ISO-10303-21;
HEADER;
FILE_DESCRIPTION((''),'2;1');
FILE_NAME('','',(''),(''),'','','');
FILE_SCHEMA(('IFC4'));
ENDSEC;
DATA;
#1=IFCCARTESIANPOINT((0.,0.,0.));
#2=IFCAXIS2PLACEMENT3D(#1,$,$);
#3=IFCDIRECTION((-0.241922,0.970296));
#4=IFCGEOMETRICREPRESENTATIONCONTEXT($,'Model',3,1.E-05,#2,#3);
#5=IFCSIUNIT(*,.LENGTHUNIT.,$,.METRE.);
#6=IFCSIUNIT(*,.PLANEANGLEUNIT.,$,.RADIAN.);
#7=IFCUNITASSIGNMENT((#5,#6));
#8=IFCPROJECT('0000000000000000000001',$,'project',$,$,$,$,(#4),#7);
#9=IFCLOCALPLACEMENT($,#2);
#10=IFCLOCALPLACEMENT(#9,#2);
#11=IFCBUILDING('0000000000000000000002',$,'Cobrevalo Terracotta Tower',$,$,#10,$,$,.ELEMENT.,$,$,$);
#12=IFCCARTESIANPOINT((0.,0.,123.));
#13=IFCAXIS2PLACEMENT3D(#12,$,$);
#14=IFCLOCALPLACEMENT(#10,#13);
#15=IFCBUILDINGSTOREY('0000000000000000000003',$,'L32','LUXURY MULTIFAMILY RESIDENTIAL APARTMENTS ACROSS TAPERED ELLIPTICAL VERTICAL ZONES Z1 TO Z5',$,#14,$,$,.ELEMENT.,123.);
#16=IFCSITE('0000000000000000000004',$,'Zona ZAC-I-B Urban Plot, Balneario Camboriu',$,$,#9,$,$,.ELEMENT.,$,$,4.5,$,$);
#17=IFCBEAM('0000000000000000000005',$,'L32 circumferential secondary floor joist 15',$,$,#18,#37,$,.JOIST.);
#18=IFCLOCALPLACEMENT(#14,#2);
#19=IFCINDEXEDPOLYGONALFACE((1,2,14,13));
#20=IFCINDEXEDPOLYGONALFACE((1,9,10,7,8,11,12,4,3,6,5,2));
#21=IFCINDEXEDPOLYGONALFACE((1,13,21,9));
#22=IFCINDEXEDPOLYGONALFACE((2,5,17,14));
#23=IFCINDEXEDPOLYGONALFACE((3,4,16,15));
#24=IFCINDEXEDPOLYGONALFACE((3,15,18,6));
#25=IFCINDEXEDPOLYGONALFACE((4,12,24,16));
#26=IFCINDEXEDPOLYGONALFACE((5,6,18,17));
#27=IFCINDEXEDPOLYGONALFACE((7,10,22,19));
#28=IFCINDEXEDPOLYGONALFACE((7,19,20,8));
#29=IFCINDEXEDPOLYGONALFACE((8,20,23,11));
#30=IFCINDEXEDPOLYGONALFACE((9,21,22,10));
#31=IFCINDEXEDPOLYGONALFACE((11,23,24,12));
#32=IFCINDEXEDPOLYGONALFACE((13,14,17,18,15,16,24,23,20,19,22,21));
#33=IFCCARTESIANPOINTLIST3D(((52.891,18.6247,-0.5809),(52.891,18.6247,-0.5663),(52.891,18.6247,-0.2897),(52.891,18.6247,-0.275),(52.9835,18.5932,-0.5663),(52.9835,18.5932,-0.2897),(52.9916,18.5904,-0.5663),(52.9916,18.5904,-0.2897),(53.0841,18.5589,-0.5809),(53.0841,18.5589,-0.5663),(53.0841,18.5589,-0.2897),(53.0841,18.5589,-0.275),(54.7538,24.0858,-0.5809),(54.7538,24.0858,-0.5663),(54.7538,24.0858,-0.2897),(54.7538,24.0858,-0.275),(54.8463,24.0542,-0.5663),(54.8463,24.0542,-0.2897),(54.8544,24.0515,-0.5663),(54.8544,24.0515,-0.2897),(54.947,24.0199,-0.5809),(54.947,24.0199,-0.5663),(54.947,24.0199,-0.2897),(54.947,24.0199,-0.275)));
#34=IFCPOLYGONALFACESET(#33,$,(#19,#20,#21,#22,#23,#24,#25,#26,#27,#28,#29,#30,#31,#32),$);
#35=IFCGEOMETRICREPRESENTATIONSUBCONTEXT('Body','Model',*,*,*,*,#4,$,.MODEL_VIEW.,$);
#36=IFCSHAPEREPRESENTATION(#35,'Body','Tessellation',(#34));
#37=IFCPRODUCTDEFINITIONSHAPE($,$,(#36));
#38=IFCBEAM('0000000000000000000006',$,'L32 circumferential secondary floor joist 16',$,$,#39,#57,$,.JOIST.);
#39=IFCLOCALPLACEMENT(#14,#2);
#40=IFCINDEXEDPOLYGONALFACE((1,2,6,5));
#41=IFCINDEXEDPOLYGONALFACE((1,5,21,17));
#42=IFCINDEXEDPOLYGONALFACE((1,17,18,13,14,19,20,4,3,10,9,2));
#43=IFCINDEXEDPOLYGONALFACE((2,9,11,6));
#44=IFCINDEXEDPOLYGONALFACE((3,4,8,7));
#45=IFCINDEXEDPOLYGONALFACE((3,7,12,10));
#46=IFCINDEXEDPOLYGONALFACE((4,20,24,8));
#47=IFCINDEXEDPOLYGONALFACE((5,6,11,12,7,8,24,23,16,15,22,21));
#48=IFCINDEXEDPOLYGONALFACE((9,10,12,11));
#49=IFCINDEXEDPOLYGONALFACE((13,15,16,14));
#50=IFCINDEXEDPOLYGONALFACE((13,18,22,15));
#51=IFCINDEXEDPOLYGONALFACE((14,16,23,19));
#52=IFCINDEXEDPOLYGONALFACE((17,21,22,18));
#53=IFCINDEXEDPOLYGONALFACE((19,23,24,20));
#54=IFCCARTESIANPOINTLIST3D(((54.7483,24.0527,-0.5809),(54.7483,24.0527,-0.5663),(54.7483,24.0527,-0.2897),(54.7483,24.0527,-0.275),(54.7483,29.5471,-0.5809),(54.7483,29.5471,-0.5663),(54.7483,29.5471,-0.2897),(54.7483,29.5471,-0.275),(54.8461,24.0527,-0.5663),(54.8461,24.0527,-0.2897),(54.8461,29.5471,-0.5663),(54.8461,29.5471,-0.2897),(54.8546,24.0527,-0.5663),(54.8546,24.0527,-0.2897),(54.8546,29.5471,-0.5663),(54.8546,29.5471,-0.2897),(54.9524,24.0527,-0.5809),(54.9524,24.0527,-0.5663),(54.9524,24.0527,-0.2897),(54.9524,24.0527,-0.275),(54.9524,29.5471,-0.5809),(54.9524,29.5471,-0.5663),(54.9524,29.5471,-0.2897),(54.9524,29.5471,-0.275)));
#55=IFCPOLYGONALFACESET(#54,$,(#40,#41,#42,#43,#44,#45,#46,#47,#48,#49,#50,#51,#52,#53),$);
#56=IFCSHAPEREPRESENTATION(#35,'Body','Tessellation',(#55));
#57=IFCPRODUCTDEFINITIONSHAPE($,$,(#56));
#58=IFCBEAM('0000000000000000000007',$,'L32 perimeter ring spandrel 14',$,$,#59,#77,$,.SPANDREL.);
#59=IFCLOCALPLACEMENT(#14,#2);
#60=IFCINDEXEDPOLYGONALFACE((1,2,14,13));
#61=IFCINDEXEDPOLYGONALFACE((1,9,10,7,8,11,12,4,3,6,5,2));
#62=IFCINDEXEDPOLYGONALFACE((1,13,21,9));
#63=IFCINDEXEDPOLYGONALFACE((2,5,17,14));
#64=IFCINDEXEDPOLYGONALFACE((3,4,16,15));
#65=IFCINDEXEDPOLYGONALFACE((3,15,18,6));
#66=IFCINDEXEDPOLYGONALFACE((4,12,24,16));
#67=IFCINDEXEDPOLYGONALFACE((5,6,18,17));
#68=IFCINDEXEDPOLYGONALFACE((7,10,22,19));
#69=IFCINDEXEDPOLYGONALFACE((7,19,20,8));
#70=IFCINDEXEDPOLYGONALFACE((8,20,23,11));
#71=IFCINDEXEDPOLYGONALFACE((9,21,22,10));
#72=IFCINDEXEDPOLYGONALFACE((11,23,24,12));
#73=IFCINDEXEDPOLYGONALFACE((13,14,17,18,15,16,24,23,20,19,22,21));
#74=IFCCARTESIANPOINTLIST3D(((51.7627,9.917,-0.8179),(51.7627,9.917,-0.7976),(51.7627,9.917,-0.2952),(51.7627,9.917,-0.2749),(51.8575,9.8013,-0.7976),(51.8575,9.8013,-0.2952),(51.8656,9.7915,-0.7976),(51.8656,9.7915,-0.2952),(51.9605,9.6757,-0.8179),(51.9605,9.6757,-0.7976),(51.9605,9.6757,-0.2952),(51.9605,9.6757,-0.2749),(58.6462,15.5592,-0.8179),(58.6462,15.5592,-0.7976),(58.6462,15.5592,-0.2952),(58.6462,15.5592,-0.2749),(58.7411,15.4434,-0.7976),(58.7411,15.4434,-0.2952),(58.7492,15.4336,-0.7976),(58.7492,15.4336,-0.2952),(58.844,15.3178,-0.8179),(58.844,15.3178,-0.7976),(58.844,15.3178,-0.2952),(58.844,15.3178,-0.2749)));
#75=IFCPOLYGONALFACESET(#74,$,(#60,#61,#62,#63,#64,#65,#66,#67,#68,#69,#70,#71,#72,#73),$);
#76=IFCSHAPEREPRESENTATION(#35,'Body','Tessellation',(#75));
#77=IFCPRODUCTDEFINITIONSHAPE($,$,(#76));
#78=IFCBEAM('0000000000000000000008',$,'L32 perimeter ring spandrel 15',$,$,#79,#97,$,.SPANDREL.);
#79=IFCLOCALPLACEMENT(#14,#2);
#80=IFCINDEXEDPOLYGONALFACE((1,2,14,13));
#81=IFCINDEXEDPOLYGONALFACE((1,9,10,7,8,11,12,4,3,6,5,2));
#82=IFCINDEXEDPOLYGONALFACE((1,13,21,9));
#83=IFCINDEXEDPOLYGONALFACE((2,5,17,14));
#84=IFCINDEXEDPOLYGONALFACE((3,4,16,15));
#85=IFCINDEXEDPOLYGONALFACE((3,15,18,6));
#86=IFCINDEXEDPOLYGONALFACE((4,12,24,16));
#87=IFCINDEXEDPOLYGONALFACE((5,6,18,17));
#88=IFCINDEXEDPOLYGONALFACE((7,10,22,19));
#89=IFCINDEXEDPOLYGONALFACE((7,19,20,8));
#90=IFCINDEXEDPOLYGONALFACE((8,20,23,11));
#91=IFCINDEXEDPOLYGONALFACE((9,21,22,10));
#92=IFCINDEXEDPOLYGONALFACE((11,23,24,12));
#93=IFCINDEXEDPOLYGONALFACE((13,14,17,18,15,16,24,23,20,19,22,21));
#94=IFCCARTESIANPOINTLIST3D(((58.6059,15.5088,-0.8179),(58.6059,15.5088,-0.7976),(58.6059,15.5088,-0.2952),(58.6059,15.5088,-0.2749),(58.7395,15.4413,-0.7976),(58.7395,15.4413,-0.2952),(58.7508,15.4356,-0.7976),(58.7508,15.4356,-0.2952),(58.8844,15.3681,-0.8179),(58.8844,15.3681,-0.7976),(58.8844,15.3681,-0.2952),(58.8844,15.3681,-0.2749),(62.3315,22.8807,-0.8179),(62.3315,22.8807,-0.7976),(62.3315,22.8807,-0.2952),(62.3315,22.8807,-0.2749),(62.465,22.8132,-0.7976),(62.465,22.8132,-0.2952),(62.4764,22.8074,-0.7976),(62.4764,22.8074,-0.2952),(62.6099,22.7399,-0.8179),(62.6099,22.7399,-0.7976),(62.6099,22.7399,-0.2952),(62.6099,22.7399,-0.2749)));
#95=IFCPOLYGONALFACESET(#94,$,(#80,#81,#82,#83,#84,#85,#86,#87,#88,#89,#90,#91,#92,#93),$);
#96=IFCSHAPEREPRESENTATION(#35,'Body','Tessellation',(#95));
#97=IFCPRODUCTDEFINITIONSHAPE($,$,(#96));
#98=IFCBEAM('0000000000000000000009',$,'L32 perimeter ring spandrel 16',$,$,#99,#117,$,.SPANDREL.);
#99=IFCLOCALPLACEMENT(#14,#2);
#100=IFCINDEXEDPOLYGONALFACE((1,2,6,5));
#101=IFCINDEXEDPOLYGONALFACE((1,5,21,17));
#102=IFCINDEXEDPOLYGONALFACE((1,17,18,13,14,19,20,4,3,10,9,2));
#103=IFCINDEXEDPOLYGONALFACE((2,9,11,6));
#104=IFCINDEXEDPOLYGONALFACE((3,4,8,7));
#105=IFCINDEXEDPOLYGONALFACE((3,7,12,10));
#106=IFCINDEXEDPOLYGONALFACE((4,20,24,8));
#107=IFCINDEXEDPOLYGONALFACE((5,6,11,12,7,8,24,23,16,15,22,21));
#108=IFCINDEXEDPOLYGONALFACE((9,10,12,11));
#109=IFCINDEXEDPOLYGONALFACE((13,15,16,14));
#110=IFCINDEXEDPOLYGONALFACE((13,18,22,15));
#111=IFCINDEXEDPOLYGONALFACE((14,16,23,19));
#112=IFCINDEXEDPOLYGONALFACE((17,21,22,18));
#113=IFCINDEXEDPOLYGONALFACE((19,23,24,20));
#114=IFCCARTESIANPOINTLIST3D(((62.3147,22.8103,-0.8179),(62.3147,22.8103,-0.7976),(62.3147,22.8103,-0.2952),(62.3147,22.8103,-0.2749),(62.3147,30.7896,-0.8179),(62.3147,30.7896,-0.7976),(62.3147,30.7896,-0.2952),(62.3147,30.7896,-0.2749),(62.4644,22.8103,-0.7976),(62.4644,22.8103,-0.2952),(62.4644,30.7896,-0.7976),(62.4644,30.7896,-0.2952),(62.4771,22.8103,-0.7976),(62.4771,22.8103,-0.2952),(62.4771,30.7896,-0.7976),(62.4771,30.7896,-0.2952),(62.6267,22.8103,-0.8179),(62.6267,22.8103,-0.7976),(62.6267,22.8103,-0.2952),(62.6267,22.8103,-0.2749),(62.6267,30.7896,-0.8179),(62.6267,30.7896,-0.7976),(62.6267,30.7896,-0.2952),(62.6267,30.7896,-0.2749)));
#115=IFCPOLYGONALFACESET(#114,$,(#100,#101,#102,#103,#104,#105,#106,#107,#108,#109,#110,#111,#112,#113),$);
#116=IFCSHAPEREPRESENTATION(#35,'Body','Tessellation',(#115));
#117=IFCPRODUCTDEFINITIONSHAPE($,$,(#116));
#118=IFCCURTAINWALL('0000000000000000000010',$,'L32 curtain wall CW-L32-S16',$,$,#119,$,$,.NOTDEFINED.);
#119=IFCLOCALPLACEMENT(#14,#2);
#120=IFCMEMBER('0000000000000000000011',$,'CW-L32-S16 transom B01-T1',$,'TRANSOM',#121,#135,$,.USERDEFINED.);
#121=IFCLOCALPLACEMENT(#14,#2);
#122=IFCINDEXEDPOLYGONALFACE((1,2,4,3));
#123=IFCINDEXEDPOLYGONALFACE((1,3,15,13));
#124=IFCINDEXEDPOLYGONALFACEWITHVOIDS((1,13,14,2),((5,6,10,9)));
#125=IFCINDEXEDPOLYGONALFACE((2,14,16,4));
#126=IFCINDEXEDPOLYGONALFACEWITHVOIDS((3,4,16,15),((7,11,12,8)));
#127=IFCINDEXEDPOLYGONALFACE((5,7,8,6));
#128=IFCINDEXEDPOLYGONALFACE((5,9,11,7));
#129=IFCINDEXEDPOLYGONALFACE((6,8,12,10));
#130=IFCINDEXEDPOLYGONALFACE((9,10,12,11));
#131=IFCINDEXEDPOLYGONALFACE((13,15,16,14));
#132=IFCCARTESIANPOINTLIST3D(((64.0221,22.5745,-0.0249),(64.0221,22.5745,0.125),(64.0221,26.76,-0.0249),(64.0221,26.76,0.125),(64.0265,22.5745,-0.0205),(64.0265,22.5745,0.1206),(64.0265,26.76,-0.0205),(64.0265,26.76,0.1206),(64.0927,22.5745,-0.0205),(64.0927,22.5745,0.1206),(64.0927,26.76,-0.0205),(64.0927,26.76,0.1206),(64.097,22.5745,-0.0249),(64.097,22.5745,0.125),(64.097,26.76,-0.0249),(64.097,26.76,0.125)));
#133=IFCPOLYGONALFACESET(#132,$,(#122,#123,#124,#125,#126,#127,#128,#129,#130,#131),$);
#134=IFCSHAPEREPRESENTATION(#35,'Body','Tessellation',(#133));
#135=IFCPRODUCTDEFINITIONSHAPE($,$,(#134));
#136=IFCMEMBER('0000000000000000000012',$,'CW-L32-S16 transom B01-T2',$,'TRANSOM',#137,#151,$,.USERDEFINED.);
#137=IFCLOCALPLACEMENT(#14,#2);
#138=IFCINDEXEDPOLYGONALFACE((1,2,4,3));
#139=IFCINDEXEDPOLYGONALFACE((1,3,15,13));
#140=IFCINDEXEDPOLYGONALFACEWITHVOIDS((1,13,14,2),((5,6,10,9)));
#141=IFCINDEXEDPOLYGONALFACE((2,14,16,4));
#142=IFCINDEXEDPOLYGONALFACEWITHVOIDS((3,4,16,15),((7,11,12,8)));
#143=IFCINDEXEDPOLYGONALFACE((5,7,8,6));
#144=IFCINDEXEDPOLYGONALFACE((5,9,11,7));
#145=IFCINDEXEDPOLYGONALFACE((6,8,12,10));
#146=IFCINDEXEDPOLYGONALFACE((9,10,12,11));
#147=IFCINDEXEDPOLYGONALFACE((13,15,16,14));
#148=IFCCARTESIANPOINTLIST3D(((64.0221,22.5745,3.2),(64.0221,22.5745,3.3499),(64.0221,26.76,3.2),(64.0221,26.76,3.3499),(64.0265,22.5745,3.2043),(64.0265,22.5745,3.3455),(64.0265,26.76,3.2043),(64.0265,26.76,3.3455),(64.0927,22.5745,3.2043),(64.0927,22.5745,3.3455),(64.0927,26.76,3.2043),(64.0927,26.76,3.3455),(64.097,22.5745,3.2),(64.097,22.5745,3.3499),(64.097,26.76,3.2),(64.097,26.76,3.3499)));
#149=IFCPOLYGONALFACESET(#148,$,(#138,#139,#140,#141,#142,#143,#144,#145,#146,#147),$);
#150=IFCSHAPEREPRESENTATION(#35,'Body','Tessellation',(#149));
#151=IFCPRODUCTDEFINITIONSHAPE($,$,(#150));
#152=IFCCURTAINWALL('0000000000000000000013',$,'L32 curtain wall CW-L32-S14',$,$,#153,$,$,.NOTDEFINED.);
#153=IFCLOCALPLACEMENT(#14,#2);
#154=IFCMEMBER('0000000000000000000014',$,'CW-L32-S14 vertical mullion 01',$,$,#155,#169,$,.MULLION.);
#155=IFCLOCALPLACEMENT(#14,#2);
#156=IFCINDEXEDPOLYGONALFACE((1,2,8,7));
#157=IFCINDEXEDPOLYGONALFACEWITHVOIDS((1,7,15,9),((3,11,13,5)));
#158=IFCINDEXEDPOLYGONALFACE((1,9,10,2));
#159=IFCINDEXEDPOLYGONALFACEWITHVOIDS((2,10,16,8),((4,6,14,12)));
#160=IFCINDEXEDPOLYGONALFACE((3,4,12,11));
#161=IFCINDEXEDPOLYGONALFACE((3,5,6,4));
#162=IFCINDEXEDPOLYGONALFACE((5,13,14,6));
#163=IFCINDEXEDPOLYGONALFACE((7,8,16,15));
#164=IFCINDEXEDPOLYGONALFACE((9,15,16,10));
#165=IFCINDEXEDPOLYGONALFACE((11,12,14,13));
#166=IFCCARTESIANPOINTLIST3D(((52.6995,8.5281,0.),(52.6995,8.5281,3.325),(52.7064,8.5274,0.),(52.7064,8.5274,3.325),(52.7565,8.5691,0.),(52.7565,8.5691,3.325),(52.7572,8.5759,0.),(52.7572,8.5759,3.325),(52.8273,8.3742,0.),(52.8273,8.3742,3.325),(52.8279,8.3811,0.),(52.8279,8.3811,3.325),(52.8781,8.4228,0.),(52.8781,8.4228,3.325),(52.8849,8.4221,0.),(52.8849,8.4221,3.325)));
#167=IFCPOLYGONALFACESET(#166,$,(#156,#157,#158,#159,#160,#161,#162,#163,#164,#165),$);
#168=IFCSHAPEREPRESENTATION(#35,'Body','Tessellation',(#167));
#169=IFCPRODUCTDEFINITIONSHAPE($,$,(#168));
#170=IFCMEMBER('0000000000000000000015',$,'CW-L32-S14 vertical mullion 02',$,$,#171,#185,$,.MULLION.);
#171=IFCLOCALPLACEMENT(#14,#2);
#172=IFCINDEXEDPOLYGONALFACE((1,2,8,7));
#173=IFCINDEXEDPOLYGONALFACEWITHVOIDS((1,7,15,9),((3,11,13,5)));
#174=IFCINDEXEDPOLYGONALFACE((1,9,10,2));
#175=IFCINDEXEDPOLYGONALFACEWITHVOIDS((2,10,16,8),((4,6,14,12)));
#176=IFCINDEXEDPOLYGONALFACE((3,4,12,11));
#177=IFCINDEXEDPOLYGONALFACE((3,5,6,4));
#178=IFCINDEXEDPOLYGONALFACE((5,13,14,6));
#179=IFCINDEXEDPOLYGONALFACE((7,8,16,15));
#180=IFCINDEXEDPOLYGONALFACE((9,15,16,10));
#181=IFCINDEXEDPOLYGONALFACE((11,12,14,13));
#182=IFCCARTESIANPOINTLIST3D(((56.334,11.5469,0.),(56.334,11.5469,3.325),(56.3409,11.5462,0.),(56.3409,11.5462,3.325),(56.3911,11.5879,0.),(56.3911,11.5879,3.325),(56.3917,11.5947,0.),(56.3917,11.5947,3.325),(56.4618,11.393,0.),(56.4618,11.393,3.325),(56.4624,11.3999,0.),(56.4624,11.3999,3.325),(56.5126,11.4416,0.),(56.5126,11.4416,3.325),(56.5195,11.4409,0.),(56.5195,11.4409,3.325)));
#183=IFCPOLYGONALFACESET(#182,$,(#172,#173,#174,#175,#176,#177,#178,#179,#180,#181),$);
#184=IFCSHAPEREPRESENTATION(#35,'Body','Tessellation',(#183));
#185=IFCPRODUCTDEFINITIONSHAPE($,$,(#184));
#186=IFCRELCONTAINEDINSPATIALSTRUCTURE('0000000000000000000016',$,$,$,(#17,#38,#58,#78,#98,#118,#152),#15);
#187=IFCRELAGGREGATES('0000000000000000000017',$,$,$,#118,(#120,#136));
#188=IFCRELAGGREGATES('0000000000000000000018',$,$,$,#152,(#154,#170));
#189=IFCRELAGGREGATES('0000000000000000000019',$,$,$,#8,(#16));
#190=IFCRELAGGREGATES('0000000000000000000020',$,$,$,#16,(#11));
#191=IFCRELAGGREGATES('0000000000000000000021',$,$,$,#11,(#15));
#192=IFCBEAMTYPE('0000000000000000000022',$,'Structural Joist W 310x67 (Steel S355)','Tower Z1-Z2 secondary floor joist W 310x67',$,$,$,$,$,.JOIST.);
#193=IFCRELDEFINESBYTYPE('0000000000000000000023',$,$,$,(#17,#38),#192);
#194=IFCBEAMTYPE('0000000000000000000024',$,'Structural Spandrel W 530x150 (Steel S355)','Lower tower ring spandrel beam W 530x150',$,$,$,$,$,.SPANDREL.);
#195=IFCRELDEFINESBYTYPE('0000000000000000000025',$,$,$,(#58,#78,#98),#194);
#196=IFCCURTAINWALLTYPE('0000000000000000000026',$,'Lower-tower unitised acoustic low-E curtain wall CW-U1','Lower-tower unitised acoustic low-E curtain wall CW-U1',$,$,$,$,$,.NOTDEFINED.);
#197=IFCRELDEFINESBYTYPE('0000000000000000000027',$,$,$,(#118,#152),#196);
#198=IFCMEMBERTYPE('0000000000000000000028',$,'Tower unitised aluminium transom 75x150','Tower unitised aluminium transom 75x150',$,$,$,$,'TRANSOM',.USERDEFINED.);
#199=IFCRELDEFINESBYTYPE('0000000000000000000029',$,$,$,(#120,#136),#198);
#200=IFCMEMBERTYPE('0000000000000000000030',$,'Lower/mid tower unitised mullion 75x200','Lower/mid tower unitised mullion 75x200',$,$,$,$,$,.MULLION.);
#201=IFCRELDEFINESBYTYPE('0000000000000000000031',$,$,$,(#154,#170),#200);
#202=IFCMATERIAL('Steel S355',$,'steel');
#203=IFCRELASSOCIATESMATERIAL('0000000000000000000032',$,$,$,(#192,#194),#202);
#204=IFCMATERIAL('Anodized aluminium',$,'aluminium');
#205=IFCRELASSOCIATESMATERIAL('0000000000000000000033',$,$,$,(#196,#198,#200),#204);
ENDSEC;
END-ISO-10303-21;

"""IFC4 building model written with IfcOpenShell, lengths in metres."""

from ifc_helpers import new_model, si_unit, direction, frame, origin, origin_2d, place, context, subcontext, project, spatial, hollow_rectangle, i_section, extrude, source, transform, mapped, material, material_profile, profile_set, type_object, element, aggregate, save


model = new_model("IFC4")

# Units and contexts
model_context = context("Model", 3, precision=1e-05, world=origin(), true_north=direction((-0.241922, 0.970296)))
body_context = subcontext(model_context, "Body", "Model", "MODEL_VIEW")
ifc_project = project(units=[si_unit("LENGTHUNIT", "METRE"), si_unit("PLANEANGLEUNIT", "RADIAN")], contexts=[model_context])

# Site, building, storey
site_placement = place(None, origin())
site = spatial("IfcSite", under=ifc_project, at=site_placement, Name="Zona ZAC-I-B Urban Plot, Balneario Camboriu", CompositionType="ELEMENT", RefElevation=4.5)
building_placement = place(site_placement, origin())
building = spatial("IfcBuilding", under=site, at=building_placement, Name="Cobrevalo Terracotta Tower", CompositionType="ELEMENT")
storey_placement = place(building_placement, frame((0.0, 0.0, 123.0)))
storey = spatial("IfcBuildingStorey", under=building, at=storey_placement, Name="L32", Description="LUXURY MULTIFAMILY RESIDENTIAL APARTMENTS ACROSS TAPERED ELLIPTICAL VERTICAL ZONES Z1 TO Z5", CompositionType="ELEMENT", Elevation=123.0)

# Shared definitions
ifc_material_1 = material(Name="Steel S355", Category="steel")

# Beams
ifc_material_profile_1 = material_profile(ifc_material_1, i_section(OverallWidth=0.2041, OverallDepth=0.3059, WebThickness=0.0085, FlangeThickness=0.0146, at=origin_2d()), Name="W 310x67")
ifc_profile_set_1 = profile_set([ifc_material_profile_1], Name="Steel S355")
beam_type_1 = type_object("IfcBeamType", Name="Structural Joist W 310x67 (Steel S355)", Description="Tower Z1-Z2 secondary floor joist W 310x67", PredefinedType="JOIST", material=ifc_profile_set_1)
beam_1_placement = place(storey_placement, frame((52.9875, 18.5918, -0.428), z_axis=(0.322846, 0.946451, 0.0), x_axis=(-0.946451, 0.322846, 0.0)))
element("IfcBeam", 1, at=beam_1_placement, inside=storey, type_object=beam_type_1, Name="L32 circumferential secondary floor joist 15", PredefinedType="JOIST", context=body_context, shape_type="SweptSolid", body=[
    extrude(i_section(OverallWidth=0.2041, OverallDepth=0.3059, WebThickness=0.0085, FlangeThickness=0.0146, at=origin_2d()), origin(), (0.0, 0.0, 1.0), 5.77),
])
beam_2_placement = place(storey_placement, frame((54.8503, 24.0527, -0.428), z_axis=(0.0, 1.0, 0.0), x_axis=(-1.0, 0.0, 0.0)))
element("IfcBeam", 2, at=beam_2_placement, inside=storey, type_object=beam_type_1, Name="L32 circumferential secondary floor joist 16", PredefinedType="JOIST", context=body_context, shape_type="SweptSolid", body=[
    extrude(i_section(OverallWidth=0.2041, OverallDepth=0.3059, WebThickness=0.0085, FlangeThickness=0.0146, at=origin_2d()), origin(), (0.0, 0.0, 1.0), 5.4944),
])
ifc_material_profile_2 = material_profile(ifc_material_1, i_section(OverallWidth=0.312, OverallDepth=0.543, WebThickness=0.0127, FlangeThickness=0.0203, at=origin_2d()), Name="W 530x150")
ifc_profile_set_2 = profile_set([ifc_material_profile_2], Name="Steel S355")
beam_type_2 = type_object("IfcBeamType", Name="Structural Spandrel W 530x150 (Steel S355)", Description="Lower tower ring spandrel beam W 530x150", PredefinedType="SPANDREL", material=ifc_profile_set_2)
beam_3_placement = place(storey_placement, frame((51.8616, 9.7964, -0.5464), z_axis=(0.773401, 0.633917, 0.0), x_axis=(-0.633917, 0.773401, 0.0)))
element("IfcBeam", 3, at=beam_3_placement, inside=storey, type_object=beam_type_2, Name="L32 perimeter ring spandrel 14", PredefinedType="SPANDREL", context=body_context, shape_type="SweptSolid", body=[
    extrude(i_section(OverallWidth=0.312, OverallDepth=0.543, WebThickness=0.0127, FlangeThickness=0.0203, at=origin_2d()), origin(), (0.0, 0.0, 1.0), 8.9004),
])
beam_4_placement = place(storey_placement, frame((58.7451, 15.4385, -0.5464), z_axis=(0.451052, 0.892498, 0.0), x_axis=(-0.892498, 0.451052, 0.0)))
element("IfcBeam", 4, at=beam_4_placement, inside=storey, type_object=beam_type_2, Name="L32 perimeter ring spandrel 15", PredefinedType="SPANDREL", context=body_context, shape_type="SweptSolid", body=[
    extrude(i_section(OverallWidth=0.312, OverallDepth=0.543, WebThickness=0.0127, FlangeThickness=0.0203, at=origin_2d()), origin(), (0.0, 0.0, 1.0), 8.2598),
])
beam_5_placement = place(storey_placement, frame((62.4707, 22.8103, -0.5464), z_axis=(0.0, 1.0, 0.0), x_axis=(-1.0, 0.0, 0.0)))
element("IfcBeam", 5, at=beam_5_placement, inside=storey, type_object=beam_type_2, Name="L32 perimeter ring spandrel 16", PredefinedType="SPANDREL", context=body_context, shape_type="SweptSolid", body=[
    extrude(i_section(OverallWidth=0.312, OverallDepth=0.543, WebThickness=0.0127, FlangeThickness=0.0203, at=origin_2d()), origin(), (0.0, 0.0, 1.0), 7.9792),
])

# Curtain walls, members
ifc_material_2 = material(Name="Anodized aluminium", Category="aluminium")
curtain_wall_type = type_object("IfcCurtainWallType", Name="Lower-tower unitised acoustic low-E curtain wall CW-U1", Description="Lower-tower unitised acoustic low-E curtain wall CW-U1", PredefinedType="NOTDEFINED", material=ifc_material_2)
curtain_wall_1_placement = place(storey_placement, origin())
curtain_wall_1 = element("IfcCurtainWall", 6, at=curtain_wall_1_placement, inside=storey, type_object=curtain_wall_type, Name="L32 curtain wall CW-L32-S16", PredefinedType="NOTDEFINED")
ifc_material_profile_3 = material_profile(ifc_material_2, hollow_rectangle(XDim=0.075, YDim=0.1499, WallThickness=0.0044, at=origin_2d()), Name="CWT 75x150")
ifc_profile_set_3 = profile_set([ifc_material_profile_3], Name="Anodized aluminium")
member_type_1 = type_object("IfcMemberType", Name="Tower unitised aluminium transom 75x150", Description="Tower unitised aluminium transom 75x150", ElementType="TRANSOM", PredefinedType="USERDEFINED", material=ifc_profile_set_3)
shared_shape_1 = source(origin(), body_context, "Body", "SweptSolid", [
    extrude(hollow_rectangle(XDim=0.075, YDim=0.1499, WallThickness=0.0044, at=origin_2d()), origin(), (0.0, 0.0, 1.0), 4.1855),
])
member_1_placement = place(storey_placement, frame((64.0596, 22.5745, 0.05), z_axis=(0.0, 1.0, 0.0), x_axis=(-1.0, 0.0, 0.0)))
member_1 = element("IfcMember", 7, at=member_1_placement, type_object=member_type_1, Name="CW-L32-S16 transom B01-T1", ObjectType="TRANSOM", PredefinedType="USERDEFINED", context=body_context, shape_type="MappedRepresentation", body=[
    mapped(shared_shape_1, transform((0.0, 0.0, 0.0), scale=1.0)),
])
member_2_placement = place(storey_placement, frame((64.0596, 22.5745, 3.2749), z_axis=(0.0, 1.0, 0.0), x_axis=(-1.0, 0.0, 0.0)))
member_2 = element("IfcMember", 8, at=member_2_placement, type_object=member_type_1, Name="CW-L32-S16 transom B01-T2", ObjectType="TRANSOM", PredefinedType="USERDEFINED", context=body_context, shape_type="MappedRepresentation", body=[
    mapped(shared_shape_1, transform((0.0, 0.0, 0.0), scale=1.0)),
])
curtain_wall_2_placement = place(storey_placement, origin())
curtain_wall_2 = element("IfcCurtainWall", 9, at=curtain_wall_2_placement, inside=storey, type_object=curtain_wall_type, Name="L32 curtain wall CW-L32-S14", PredefinedType="NOTDEFINED")
ifc_material_profile_4 = material_profile(ifc_material_2, hollow_rectangle(XDim=0.075, YDim=0.2, WallThickness=0.0049, at=origin_2d()), Name="CWM 75x200")
ifc_profile_set_4 = profile_set([ifc_material_profile_4], Name="Anodized aluminium")
member_type_2 = type_object("IfcMemberType", Name="Lower/mid tower unitised mullion 75x200", Description="Lower/mid tower unitised mullion 75x200", PredefinedType="MULLION", material=ifc_profile_set_4)
shared_shape_2 = source(origin(), body_context, "Body", "SweptSolid", [
    extrude(hollow_rectangle(XDim=0.075, YDim=0.2, WallThickness=0.0049, at=origin_2d()), origin(), (0.0, 0.0, 1.0), 3.325),
])
member_3_placement = place(storey_placement, frame((52.7922, 8.4751, 0.0), z_axis=(0.0, 0.0, 1.0), x_axis=(0.769243, 0.638956, 0.0)))
member_3 = element("IfcMember", 10, at=member_3_placement, type_object=member_type_2, Name="CW-L32-S14 vertical mullion 01", PredefinedType="MULLION", context=body_context, shape_type="MappedRepresentation", body=[
    mapped(shared_shape_2, transform((0.0, 0.0, 0.0), scale=1.0)),
])
member_4_placement = place(storey_placement, frame((56.4268, 11.4939, 0.0), z_axis=(0.0, 0.0, 1.0), x_axis=(0.769243, 0.638956, 0.0)))
member_4 = element("IfcMember", 11, at=member_4_placement, type_object=member_type_2, Name="CW-L32-S14 vertical mullion 02", PredefinedType="MULLION", context=body_context, shape_type="MappedRepresentation", body=[
    mapped(shared_shape_2, transform((0.0, 0.0, 0.0), scale=1.0)),
])

aggregate(curtain_wall_1, [member_1, member_2])

aggregate(curtain_wall_2, [member_3, member_4])

save(model, "model.ifc")
